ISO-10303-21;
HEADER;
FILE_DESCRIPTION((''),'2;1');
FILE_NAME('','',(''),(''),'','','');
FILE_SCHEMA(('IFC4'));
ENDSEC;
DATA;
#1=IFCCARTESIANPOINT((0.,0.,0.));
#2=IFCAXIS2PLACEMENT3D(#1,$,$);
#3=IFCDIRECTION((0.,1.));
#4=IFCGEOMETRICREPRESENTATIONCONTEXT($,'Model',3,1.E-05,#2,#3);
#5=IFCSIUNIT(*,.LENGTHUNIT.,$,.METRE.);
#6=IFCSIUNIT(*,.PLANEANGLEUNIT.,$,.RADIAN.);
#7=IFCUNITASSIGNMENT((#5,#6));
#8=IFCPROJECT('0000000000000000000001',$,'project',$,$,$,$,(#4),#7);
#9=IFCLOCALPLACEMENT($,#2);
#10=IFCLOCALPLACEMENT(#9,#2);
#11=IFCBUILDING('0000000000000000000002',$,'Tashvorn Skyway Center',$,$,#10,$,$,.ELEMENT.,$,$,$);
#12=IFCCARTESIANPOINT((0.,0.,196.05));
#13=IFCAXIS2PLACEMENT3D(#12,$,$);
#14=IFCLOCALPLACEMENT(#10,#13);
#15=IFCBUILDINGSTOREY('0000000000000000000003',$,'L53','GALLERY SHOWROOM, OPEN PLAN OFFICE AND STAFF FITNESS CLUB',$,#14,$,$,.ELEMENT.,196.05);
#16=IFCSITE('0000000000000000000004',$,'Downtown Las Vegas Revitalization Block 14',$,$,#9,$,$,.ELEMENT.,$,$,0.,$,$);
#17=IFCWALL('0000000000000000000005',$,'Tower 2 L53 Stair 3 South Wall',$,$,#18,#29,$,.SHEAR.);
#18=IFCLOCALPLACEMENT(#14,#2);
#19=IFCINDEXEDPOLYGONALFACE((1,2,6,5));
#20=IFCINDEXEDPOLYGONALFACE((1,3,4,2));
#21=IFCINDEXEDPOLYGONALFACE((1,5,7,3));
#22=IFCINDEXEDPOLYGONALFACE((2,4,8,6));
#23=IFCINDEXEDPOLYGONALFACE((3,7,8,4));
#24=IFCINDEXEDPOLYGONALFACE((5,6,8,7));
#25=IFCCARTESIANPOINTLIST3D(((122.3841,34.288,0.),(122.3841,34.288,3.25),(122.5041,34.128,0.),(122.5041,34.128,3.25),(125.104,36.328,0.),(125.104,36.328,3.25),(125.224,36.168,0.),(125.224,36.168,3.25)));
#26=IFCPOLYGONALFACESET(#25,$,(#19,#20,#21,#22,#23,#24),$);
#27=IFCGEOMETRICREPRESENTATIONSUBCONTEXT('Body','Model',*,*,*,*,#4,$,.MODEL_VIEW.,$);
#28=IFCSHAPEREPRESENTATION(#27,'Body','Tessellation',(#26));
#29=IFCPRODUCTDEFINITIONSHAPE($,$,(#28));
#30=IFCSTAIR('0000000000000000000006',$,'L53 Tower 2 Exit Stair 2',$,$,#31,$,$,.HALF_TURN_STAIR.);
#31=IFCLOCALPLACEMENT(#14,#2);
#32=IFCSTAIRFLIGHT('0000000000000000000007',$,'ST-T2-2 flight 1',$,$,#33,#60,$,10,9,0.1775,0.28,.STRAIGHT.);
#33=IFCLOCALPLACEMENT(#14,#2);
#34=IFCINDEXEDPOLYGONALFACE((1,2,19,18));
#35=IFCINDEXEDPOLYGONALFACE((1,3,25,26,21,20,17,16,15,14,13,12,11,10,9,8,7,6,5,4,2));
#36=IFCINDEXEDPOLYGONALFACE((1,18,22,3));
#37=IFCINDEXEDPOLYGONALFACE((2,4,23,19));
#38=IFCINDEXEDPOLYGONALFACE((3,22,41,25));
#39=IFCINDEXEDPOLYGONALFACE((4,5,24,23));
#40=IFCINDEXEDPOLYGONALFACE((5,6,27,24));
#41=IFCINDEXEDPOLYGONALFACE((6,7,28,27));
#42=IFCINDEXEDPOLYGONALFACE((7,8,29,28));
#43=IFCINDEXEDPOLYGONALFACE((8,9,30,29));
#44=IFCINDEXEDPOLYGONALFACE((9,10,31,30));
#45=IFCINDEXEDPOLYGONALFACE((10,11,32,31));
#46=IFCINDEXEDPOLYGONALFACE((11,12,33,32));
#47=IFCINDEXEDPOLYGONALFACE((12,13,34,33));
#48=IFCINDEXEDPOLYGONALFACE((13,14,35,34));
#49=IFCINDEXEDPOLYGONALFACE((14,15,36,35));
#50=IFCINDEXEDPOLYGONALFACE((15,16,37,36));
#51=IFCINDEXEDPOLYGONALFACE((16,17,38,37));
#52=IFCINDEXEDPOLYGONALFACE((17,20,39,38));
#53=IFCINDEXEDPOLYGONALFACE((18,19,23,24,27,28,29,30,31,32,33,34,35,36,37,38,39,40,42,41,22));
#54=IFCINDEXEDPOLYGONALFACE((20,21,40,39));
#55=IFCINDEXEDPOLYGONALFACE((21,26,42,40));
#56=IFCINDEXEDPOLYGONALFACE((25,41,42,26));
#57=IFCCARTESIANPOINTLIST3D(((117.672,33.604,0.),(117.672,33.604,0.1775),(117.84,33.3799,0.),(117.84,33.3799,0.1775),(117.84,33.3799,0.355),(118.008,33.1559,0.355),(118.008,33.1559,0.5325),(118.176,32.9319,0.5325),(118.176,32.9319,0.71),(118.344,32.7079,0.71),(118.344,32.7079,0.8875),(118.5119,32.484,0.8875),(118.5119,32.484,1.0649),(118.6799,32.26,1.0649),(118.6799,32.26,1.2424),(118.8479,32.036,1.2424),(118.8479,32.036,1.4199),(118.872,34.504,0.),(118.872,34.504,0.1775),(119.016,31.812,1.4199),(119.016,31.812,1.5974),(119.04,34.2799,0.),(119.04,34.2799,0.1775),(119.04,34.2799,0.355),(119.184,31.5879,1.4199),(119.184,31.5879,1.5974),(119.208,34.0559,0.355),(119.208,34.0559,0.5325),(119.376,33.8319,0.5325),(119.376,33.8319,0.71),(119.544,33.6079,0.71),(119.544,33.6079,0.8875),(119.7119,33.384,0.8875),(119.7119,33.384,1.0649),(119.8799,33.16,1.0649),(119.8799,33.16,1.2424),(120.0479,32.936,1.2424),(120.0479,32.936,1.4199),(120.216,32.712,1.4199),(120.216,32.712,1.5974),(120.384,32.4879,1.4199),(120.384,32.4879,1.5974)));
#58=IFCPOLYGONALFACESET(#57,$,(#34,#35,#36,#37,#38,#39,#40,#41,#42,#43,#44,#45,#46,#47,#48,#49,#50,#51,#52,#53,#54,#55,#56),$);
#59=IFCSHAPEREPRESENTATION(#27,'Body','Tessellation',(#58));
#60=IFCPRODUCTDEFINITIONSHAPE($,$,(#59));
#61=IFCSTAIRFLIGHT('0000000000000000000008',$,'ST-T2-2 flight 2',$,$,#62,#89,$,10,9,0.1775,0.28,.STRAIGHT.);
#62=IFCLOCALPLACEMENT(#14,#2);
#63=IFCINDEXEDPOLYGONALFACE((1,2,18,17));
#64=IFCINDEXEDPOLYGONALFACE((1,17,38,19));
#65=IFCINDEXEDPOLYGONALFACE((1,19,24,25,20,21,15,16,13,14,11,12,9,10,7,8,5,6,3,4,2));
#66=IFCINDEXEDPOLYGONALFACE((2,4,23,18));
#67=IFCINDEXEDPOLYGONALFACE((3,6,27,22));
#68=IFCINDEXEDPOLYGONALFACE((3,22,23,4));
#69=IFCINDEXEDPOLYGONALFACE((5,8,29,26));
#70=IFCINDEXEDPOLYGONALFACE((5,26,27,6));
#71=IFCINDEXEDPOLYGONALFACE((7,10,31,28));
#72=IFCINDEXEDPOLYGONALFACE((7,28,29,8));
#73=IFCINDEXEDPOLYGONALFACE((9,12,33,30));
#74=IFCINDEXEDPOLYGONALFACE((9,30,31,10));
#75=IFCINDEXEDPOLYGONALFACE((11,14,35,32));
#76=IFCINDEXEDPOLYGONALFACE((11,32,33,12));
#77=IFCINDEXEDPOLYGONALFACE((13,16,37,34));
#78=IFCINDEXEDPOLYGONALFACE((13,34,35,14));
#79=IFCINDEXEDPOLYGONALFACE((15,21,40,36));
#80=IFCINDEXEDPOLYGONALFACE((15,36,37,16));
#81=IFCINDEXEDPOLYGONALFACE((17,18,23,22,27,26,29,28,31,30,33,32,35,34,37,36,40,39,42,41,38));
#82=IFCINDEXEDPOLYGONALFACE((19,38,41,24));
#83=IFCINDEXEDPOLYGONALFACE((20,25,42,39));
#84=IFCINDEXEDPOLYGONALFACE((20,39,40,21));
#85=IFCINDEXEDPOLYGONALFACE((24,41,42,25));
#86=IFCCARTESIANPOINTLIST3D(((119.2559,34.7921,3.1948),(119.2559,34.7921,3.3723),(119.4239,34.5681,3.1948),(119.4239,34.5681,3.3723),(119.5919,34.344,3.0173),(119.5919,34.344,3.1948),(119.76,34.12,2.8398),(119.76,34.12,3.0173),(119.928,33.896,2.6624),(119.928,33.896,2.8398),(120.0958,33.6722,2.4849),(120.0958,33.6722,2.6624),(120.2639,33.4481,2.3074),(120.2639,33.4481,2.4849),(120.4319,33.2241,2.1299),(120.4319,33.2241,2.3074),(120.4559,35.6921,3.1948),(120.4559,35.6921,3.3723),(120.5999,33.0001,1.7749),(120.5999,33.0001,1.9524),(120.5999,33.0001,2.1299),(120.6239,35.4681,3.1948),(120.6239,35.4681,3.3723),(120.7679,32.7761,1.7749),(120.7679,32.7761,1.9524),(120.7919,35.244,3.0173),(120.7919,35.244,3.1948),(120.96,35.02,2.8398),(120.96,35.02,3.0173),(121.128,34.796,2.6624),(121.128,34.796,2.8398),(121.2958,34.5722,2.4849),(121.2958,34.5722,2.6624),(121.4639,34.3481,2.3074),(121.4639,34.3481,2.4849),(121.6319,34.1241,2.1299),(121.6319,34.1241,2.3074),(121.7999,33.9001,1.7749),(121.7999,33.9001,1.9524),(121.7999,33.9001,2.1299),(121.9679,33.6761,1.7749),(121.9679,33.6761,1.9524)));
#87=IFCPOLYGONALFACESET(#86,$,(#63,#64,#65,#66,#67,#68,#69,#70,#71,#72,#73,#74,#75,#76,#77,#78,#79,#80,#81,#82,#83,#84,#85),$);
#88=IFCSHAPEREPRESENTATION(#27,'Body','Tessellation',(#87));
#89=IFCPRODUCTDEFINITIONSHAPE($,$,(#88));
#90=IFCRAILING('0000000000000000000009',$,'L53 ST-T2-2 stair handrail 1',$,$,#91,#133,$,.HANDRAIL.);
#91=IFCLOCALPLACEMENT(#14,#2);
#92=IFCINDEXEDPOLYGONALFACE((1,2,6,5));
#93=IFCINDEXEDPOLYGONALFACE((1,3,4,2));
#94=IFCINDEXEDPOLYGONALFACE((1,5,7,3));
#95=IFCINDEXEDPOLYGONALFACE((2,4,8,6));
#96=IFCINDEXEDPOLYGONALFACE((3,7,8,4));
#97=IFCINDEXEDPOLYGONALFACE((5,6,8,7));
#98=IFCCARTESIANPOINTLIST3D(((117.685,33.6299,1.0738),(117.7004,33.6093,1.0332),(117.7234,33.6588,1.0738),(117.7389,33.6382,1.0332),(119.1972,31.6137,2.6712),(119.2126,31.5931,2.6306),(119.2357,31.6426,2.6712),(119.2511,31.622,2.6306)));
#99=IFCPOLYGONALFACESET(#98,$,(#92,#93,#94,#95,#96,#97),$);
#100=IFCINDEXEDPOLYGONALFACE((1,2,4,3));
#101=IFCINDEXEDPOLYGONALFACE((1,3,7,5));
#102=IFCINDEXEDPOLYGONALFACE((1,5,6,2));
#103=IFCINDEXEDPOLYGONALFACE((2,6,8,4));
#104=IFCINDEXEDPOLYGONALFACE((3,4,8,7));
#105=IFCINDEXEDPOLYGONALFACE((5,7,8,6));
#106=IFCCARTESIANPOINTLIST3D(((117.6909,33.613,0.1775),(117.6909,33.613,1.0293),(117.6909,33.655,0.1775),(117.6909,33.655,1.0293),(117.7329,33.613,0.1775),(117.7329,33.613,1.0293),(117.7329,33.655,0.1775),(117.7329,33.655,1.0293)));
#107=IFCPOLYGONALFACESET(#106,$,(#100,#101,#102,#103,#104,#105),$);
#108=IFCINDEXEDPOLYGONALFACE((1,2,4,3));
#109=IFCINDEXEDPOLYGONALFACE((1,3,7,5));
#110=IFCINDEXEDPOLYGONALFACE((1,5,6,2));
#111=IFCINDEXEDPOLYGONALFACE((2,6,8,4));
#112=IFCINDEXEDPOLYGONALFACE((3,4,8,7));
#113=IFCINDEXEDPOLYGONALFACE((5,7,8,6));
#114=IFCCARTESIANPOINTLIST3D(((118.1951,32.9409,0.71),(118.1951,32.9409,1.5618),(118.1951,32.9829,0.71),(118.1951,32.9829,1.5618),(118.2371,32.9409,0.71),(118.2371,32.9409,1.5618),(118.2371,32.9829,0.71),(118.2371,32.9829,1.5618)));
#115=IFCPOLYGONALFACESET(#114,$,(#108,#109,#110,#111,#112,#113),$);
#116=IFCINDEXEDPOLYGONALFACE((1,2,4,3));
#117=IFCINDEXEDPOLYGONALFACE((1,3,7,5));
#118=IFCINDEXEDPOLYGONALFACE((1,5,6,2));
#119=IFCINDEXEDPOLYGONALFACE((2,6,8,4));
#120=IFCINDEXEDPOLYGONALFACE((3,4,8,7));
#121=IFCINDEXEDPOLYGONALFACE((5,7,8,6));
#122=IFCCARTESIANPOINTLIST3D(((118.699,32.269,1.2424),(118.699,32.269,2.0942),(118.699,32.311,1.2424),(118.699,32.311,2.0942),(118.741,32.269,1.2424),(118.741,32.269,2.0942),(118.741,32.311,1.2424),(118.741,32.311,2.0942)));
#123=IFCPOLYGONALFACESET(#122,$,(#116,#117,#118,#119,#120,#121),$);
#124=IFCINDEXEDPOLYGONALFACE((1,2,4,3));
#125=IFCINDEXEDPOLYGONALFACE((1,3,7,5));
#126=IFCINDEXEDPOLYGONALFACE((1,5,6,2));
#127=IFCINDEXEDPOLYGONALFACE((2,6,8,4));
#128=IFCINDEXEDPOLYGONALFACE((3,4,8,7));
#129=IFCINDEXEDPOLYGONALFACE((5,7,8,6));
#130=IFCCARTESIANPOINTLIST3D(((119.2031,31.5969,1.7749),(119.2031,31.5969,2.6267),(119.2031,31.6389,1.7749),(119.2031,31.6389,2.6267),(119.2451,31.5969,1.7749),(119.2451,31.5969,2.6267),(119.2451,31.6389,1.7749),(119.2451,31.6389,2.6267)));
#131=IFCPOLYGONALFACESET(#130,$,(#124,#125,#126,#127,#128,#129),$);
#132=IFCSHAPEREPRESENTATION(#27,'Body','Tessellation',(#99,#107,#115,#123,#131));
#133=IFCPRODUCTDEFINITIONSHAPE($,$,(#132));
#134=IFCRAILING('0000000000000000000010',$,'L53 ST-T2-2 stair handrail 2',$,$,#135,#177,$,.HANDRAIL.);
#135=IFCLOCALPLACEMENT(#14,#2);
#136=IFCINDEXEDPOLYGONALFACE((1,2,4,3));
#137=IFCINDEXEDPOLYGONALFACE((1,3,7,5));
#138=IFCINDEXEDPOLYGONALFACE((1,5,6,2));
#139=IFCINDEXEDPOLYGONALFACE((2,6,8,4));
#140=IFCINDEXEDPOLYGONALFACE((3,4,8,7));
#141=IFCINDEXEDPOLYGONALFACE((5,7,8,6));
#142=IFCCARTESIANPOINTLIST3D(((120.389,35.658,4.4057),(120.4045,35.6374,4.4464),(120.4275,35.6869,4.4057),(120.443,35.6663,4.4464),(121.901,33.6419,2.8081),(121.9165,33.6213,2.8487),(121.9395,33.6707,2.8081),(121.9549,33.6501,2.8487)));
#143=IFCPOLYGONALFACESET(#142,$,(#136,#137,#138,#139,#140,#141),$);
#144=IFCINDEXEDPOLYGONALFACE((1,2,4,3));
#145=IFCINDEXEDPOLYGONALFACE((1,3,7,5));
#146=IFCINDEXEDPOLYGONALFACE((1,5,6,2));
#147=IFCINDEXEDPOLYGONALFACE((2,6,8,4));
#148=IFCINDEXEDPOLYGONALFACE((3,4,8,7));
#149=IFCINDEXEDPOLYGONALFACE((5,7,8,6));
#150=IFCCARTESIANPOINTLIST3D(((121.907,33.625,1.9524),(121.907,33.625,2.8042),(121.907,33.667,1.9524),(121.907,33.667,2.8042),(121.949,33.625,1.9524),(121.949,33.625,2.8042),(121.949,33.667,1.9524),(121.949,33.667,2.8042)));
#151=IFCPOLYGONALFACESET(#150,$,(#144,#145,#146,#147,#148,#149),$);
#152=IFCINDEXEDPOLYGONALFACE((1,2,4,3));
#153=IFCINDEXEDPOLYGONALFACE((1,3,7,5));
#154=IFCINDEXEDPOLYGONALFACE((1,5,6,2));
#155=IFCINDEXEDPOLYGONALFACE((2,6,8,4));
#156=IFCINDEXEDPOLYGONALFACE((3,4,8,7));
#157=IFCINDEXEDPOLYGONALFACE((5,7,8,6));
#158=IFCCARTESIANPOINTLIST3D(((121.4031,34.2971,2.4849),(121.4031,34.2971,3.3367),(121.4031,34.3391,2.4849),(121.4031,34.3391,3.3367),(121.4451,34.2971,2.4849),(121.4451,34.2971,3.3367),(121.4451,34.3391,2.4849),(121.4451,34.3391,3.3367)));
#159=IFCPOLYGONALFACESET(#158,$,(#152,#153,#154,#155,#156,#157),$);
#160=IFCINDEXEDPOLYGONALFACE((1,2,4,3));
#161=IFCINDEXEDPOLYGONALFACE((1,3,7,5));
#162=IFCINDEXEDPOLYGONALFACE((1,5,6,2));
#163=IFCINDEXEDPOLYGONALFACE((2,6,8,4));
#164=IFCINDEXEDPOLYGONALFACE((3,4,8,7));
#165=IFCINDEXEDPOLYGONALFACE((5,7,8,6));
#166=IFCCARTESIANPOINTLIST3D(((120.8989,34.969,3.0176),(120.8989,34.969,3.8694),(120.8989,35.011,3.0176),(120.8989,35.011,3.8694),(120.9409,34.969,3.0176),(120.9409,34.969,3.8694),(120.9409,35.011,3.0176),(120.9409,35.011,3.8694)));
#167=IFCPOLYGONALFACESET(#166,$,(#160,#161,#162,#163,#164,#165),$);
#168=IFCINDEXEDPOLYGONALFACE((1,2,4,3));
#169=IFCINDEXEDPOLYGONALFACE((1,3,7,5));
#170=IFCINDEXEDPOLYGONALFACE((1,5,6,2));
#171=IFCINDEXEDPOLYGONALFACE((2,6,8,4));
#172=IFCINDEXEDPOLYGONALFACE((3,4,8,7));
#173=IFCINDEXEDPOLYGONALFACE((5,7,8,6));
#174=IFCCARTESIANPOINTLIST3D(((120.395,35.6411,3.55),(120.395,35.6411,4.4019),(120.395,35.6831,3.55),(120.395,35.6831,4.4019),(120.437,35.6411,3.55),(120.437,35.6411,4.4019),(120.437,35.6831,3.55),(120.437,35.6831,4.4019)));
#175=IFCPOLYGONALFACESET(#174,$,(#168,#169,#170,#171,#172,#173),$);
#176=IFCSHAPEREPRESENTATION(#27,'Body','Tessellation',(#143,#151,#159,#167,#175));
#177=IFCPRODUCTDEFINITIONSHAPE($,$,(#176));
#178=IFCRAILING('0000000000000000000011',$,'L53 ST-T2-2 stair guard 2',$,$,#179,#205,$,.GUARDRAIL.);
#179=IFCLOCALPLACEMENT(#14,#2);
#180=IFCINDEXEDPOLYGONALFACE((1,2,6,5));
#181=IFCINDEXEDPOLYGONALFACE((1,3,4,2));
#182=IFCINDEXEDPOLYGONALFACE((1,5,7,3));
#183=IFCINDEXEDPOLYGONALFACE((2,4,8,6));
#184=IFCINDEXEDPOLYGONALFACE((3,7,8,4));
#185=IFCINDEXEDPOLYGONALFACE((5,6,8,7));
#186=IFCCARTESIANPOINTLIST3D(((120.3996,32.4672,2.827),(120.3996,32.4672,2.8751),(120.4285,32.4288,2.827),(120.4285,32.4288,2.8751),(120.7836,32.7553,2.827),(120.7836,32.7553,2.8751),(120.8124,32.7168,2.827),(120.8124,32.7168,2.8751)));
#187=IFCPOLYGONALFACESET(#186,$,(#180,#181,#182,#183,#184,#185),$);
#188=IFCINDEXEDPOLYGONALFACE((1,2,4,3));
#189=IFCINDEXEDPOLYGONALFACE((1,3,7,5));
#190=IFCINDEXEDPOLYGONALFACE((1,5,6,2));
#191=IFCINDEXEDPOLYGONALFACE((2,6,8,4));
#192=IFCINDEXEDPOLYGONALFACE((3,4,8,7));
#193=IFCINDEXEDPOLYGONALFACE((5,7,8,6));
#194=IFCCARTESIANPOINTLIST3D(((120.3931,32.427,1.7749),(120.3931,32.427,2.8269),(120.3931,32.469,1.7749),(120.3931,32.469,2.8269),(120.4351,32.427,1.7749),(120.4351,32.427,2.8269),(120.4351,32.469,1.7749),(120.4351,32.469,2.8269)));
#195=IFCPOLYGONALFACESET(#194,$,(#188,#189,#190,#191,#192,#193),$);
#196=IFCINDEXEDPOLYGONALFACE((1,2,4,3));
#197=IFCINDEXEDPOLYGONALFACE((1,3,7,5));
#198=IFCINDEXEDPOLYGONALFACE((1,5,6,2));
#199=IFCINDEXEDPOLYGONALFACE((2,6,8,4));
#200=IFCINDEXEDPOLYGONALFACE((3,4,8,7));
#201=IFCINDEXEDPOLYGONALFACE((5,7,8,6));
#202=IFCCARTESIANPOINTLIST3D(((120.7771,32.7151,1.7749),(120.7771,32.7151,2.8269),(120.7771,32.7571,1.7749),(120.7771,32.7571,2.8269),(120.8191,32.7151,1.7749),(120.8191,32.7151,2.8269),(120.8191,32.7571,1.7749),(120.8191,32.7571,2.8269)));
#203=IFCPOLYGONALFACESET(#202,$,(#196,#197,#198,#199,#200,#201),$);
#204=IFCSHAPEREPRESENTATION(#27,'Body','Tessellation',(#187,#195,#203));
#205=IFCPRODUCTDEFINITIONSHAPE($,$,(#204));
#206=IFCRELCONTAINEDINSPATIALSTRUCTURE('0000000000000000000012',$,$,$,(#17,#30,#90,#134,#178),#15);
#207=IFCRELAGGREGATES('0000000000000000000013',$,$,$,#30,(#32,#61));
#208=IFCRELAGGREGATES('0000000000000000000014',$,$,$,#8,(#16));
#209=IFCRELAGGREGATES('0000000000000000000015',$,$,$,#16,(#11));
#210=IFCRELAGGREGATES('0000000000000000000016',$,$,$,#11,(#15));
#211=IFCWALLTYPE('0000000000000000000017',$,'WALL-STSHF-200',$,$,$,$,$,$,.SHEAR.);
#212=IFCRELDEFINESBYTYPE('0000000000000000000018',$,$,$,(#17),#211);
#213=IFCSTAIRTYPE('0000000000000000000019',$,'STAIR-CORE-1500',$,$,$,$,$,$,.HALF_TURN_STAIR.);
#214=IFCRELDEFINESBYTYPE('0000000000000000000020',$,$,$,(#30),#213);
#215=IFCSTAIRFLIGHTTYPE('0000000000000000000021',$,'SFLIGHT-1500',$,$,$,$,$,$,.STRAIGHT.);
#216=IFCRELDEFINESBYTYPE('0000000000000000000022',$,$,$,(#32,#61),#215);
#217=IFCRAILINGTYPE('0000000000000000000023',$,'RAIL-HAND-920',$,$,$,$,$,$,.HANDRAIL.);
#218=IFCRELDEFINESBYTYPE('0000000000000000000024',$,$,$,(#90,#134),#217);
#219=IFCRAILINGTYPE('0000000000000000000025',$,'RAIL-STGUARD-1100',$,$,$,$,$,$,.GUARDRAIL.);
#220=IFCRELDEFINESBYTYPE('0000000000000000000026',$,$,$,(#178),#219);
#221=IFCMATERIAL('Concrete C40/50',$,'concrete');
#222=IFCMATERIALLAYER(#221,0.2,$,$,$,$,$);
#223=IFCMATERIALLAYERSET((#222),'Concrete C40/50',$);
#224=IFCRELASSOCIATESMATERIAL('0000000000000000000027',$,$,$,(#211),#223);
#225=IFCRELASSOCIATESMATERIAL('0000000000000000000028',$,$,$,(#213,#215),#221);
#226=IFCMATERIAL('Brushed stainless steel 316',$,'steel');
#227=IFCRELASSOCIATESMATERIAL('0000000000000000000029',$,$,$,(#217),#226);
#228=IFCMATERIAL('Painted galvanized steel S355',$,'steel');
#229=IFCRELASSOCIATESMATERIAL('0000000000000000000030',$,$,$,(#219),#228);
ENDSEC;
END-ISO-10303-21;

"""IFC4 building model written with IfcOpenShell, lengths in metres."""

from ifc_helpers import new_model, si_unit, direction, frame, frame_2d, origin, origin_2d, place, context, subcontext, project, spatial, polyline, rectangle, outline, extrude, material, layer, layer_set, type_object, element, aggregate, save


model = new_model("IFC4")

# Units and contexts
model_context = context("Model", 3, precision=1e-05, world=origin(), true_north=direction((0.0, 1.0)))
body_context = subcontext(model_context, "Body", "Model", "MODEL_VIEW")
ifc_project = project(units=[si_unit("LENGTHUNIT", "METRE"), si_unit("PLANEANGLEUNIT", "RADIAN")], contexts=[model_context])

# Site, building, storey
site_placement = place(None, origin())
site = spatial("IfcSite", under=ifc_project, at=site_placement, Name="Downtown Las Vegas Revitalization Block 14", CompositionType="ELEMENT", RefElevation=0.0)
building_placement = place(site_placement, origin())
building = spatial("IfcBuilding", under=site, at=building_placement, Name="Tashvorn Skyway Center", CompositionType="ELEMENT")
storey_placement = place(building_placement, frame((0.0, 0.0, 196.05)))
storey = spatial("IfcBuildingStorey", under=building, at=storey_placement, Name="L53", Description="GALLERY SHOWROOM, OPEN PLAN OFFICE AND STAFF FITNESS CLUB", CompositionType="ELEMENT", Elevation=196.05)

# Shared definitions
ifc_material_1 = material(Name="Concrete C40/50", Category="concrete")

# Shared definitions
ifc_layer_1 = layer(ifc_material_1, 0.2)
ifc_layer_set_1 = layer_set([ifc_layer_1], Name="Concrete C40/50")
wall_type_1 = type_object("IfcWallType", Name="WALL-STSHF-200", PredefinedType="SHEAR", material=ifc_layer_set_1)

# Wall
wall_1_placement = place(storey_placement, frame((122.4441, 34.208, 0.0), z_axis=(0.0, 0.0, 1.0), x_axis=(0.799991, 0.600011, 0.0)))
element("IfcWall", 1, at=wall_1_placement, inside=storey, type_object=wall_type_1, Name="Tower 2 L53 Stair 3 South Wall", PredefinedType="SHEAR", context=body_context, shape_type="SweptSolid", body=[
    extrude(rectangle(XDim=3.3999, YDim=0.2, at=frame_2d((1.7, 0.0))), origin(), (0.0, 0.0, 1.0), 3.25),
])

# Stair, stair flights
stair_type = type_object("IfcStairType", Name="STAIR-CORE-1500", PredefinedType="HALF_TURN_STAIR", material=ifc_material_1)
stair_placement = place(storey_placement, origin())
stair = element("IfcStair", 2, at=stair_placement, inside=storey, type_object=stair_type, Name="L53 Tower 2 Exit Stair 2", PredefinedType="HALF_TURN_STAIR")
stair_flight_type = type_object("IfcStairFlightType", Name="SFLIGHT-1500", PredefinedType="STRAIGHT", material=ifc_material_1)
stair_flight_1_placement = place(storey_placement, frame((118.272, 34.054, 0.0), z_axis=(0.0, 0.0, 1.0), x_axis=(0.6, -0.8, 0.0)))
stair_flight_1 = element("IfcStairFlight", 3, at=stair_flight_1_placement, type_object=stair_flight_type, Name="ST-T2-2 flight 1", NumberOfRisers=10, NumberOfTreads=9, PredefinedType="STRAIGHT", RiserHeight=0.1775, TreadLength=0.28, context=body_context, shape_type="SweptSolid", body=[
    extrude(outline(polyline([(0.0, 0.0), (0.0, 0.1775), (0.28, 0.1775), (0.28, 0.355), (0.5601, 0.355), (0.5601, 0.5325), (0.8401, 0.5325), (0.8401, 0.71), (1.1201, 0.71), (1.1201, 0.8875), (1.3999, 0.8875), (1.3999, 1.0649), (1.6799, 1.0649), (1.6799, 1.2424), (1.96, 1.2424), (1.96, 1.4199), (2.24, 1.4199), (2.24, 1.5974), (2.52, 1.5974), (2.52, 1.7749), (2.52, 1.4199), (0.28, 0.0), (0.0, 0.0)])), frame((0.0, 0.75, 0.0), z_axis=(0.0, -1.0, 0.0), x_axis=(1.0, 0.0, 0.0)), (0.0, 0.0, 1.0), 1.5),
])
stair_flight_2_placement = place(storey_placement, frame((121.3679, 33.2261, 1.7749), z_axis=(0.0, 0.0, 1.0), x_axis=(-0.6, 0.8, 0.0)))
stair_flight_2 = element("IfcStairFlight", 4, at=stair_flight_2_placement, type_object=stair_flight_type, Name="ST-T2-2 flight 2", NumberOfRisers=10, NumberOfTreads=9, PredefinedType="STRAIGHT", RiserHeight=0.1775, TreadLength=0.28, context=body_context, shape_type="SweptSolid", body=[
    extrude(outline(polyline([(0.0, 0.0), (0.0, 0.1775), (0.28, 0.1775), (0.28, 0.355), (0.5601, 0.355), (0.5601, 0.5325), (0.8401, 0.5325), (0.8401, 0.71), (1.1201, 0.71), (1.1201, 0.8875), (1.3999, 0.8875), (1.3999, 1.0649), (1.6799, 1.0649), (1.6799, 1.2424), (1.96, 1.2424), (1.96, 1.4199), (2.24, 1.4199), (2.24, 1.5974), (2.52, 1.5974), (2.52, 1.7749), (2.52, 1.4199), (0.28, 0.0), (0.0, 0.0)])), frame((0.0, 0.75, 0.0), z_axis=(0.0, -1.0, 0.0), x_axis=(1.0, 0.0, 0.0)), (0.0, 0.0, 1.0), 1.5),
])
aggregate(stair, [stair_flight_1, stair_flight_2])

# Railings
ifc_material_2 = material(Name="Brushed stainless steel 316", Category="steel")
railing_type_1 = type_object("IfcRailingType", Name="RAIL-HAND-920", PredefinedType="HANDRAIL", material=ifc_material_2)
railing_1_placement = place(storey_placement, frame((117.7119, 33.634, 0.1775)))
element("IfcRailing", 5, at=railing_1_placement, inside=storey, type_object=railing_type_1, Name="L53 ST-T2-2 stair handrail 1", PredefinedType="HANDRAIL", context=body_context, shape_type="SweptSolid", body=[
    extrude(rectangle(XDim=0.0481, YDim=0.0481, at=origin_2d()), frame((0.0, 0.0, 0.876), z_axis=(0.506802, -0.675681, 0.535357), x_axis=(0.799977, 0.600031, 0.0)), (0.0, 0.0, 1.0), 2.9839),
    extrude(rectangle(XDim=0.042, YDim=0.042, at=origin_2d()), origin(), (0.0, 0.0, 1.0), 0.8518),
    extrude(rectangle(XDim=0.042, YDim=0.042, at=origin_2d()), frame((0.5042, -0.6721, 0.5325)), (0.0, 0.0, 1.0), 0.8518),
    extrude(rectangle(XDim=0.042, YDim=0.042, at=origin_2d()), frame((1.0081, -1.344, 1.0649)), (0.0, 0.0, 1.0), 0.8518),
    extrude(rectangle(XDim=0.042, YDim=0.042, at=origin_2d()), frame((1.5122, -2.0161, 1.5974)), (0.0, 0.0, 1.0), 0.8518),
])
railing_2_placement = place(storey_placement, frame((121.928, 33.646, 1.9524)))
element("IfcRailing", 6, at=railing_2_placement, inside=storey, type_object=railing_type_1, Name="L53 ST-T2-2 stair handrail 2", PredefinedType="HANDRAIL", context=body_context, shape_type="SweptSolid", body=[
    extrude(rectangle(XDim=0.0481, YDim=0.0481, at=origin_2d()), frame((0.0, 0.0, 0.876), z_axis=(-0.506719, 0.675679, 0.535438), x_axis=(-0.800023, -0.599969, 0.0)), (0.0, 0.0, 1.0), 2.9839),
    extrude(rectangle(XDim=0.042, YDim=0.042, at=origin_2d()), origin(), (0.0, 0.0, 1.0), 0.8518),
    extrude(rectangle(XDim=0.042, YDim=0.042, at=origin_2d()), frame((-0.5039, 0.6721, 0.5325)), (0.0, 0.0, 1.0), 0.8518),
    extrude(rectangle(XDim=0.042, YDim=0.042, at=origin_2d()), frame((-1.0081, 1.344, 1.0652)), (0.0, 0.0, 1.0), 0.8518),
    extrude(rectangle(XDim=0.042, YDim=0.042, at=origin_2d()), frame((-1.512, 2.0161, 1.5977)), (0.0, 0.0, 1.0), 0.8518),
])
ifc_material_3 = material(Name="Painted galvanized steel S355", Category="steel")
railing_type_2 = type_object("IfcRailingType", Name="RAIL-STGUARD-1100", PredefinedType="GUARDRAIL", material=ifc_material_3)
railing_3_placement = place(storey_placement, frame((120.4141, 32.448, 1.7749)))
element("IfcRailing", 7, at=railing_3_placement, inside=storey, type_object=railing_type_2, Name="L53 ST-T2-2 stair guard 2", PredefinedType="GUARDRAIL", context=body_context, shape_type="SweptSolid", body=[
    extrude(rectangle(XDim=0.0481, YDim=0.0481, at=origin_2d()), frame((0.0, 0.0, 1.0762), z_axis=(0.799939, 0.600081, 0.0), x_axis=(-0.600081, 0.799939, 0.0)), (0.0, 0.0, 1.0), 0.48),
    extrude(rectangle(XDim=0.042, YDim=0.042, at=origin_2d()), origin(), (0.0, 0.0, 1.0), 1.052),
    extrude(rectangle(XDim=0.042, YDim=0.042, at=origin_2d()), frame((0.384, 0.2881, 0.0)), (0.0, 0.0, 1.0), 1.052),
])

save(model, "model.ifc")
